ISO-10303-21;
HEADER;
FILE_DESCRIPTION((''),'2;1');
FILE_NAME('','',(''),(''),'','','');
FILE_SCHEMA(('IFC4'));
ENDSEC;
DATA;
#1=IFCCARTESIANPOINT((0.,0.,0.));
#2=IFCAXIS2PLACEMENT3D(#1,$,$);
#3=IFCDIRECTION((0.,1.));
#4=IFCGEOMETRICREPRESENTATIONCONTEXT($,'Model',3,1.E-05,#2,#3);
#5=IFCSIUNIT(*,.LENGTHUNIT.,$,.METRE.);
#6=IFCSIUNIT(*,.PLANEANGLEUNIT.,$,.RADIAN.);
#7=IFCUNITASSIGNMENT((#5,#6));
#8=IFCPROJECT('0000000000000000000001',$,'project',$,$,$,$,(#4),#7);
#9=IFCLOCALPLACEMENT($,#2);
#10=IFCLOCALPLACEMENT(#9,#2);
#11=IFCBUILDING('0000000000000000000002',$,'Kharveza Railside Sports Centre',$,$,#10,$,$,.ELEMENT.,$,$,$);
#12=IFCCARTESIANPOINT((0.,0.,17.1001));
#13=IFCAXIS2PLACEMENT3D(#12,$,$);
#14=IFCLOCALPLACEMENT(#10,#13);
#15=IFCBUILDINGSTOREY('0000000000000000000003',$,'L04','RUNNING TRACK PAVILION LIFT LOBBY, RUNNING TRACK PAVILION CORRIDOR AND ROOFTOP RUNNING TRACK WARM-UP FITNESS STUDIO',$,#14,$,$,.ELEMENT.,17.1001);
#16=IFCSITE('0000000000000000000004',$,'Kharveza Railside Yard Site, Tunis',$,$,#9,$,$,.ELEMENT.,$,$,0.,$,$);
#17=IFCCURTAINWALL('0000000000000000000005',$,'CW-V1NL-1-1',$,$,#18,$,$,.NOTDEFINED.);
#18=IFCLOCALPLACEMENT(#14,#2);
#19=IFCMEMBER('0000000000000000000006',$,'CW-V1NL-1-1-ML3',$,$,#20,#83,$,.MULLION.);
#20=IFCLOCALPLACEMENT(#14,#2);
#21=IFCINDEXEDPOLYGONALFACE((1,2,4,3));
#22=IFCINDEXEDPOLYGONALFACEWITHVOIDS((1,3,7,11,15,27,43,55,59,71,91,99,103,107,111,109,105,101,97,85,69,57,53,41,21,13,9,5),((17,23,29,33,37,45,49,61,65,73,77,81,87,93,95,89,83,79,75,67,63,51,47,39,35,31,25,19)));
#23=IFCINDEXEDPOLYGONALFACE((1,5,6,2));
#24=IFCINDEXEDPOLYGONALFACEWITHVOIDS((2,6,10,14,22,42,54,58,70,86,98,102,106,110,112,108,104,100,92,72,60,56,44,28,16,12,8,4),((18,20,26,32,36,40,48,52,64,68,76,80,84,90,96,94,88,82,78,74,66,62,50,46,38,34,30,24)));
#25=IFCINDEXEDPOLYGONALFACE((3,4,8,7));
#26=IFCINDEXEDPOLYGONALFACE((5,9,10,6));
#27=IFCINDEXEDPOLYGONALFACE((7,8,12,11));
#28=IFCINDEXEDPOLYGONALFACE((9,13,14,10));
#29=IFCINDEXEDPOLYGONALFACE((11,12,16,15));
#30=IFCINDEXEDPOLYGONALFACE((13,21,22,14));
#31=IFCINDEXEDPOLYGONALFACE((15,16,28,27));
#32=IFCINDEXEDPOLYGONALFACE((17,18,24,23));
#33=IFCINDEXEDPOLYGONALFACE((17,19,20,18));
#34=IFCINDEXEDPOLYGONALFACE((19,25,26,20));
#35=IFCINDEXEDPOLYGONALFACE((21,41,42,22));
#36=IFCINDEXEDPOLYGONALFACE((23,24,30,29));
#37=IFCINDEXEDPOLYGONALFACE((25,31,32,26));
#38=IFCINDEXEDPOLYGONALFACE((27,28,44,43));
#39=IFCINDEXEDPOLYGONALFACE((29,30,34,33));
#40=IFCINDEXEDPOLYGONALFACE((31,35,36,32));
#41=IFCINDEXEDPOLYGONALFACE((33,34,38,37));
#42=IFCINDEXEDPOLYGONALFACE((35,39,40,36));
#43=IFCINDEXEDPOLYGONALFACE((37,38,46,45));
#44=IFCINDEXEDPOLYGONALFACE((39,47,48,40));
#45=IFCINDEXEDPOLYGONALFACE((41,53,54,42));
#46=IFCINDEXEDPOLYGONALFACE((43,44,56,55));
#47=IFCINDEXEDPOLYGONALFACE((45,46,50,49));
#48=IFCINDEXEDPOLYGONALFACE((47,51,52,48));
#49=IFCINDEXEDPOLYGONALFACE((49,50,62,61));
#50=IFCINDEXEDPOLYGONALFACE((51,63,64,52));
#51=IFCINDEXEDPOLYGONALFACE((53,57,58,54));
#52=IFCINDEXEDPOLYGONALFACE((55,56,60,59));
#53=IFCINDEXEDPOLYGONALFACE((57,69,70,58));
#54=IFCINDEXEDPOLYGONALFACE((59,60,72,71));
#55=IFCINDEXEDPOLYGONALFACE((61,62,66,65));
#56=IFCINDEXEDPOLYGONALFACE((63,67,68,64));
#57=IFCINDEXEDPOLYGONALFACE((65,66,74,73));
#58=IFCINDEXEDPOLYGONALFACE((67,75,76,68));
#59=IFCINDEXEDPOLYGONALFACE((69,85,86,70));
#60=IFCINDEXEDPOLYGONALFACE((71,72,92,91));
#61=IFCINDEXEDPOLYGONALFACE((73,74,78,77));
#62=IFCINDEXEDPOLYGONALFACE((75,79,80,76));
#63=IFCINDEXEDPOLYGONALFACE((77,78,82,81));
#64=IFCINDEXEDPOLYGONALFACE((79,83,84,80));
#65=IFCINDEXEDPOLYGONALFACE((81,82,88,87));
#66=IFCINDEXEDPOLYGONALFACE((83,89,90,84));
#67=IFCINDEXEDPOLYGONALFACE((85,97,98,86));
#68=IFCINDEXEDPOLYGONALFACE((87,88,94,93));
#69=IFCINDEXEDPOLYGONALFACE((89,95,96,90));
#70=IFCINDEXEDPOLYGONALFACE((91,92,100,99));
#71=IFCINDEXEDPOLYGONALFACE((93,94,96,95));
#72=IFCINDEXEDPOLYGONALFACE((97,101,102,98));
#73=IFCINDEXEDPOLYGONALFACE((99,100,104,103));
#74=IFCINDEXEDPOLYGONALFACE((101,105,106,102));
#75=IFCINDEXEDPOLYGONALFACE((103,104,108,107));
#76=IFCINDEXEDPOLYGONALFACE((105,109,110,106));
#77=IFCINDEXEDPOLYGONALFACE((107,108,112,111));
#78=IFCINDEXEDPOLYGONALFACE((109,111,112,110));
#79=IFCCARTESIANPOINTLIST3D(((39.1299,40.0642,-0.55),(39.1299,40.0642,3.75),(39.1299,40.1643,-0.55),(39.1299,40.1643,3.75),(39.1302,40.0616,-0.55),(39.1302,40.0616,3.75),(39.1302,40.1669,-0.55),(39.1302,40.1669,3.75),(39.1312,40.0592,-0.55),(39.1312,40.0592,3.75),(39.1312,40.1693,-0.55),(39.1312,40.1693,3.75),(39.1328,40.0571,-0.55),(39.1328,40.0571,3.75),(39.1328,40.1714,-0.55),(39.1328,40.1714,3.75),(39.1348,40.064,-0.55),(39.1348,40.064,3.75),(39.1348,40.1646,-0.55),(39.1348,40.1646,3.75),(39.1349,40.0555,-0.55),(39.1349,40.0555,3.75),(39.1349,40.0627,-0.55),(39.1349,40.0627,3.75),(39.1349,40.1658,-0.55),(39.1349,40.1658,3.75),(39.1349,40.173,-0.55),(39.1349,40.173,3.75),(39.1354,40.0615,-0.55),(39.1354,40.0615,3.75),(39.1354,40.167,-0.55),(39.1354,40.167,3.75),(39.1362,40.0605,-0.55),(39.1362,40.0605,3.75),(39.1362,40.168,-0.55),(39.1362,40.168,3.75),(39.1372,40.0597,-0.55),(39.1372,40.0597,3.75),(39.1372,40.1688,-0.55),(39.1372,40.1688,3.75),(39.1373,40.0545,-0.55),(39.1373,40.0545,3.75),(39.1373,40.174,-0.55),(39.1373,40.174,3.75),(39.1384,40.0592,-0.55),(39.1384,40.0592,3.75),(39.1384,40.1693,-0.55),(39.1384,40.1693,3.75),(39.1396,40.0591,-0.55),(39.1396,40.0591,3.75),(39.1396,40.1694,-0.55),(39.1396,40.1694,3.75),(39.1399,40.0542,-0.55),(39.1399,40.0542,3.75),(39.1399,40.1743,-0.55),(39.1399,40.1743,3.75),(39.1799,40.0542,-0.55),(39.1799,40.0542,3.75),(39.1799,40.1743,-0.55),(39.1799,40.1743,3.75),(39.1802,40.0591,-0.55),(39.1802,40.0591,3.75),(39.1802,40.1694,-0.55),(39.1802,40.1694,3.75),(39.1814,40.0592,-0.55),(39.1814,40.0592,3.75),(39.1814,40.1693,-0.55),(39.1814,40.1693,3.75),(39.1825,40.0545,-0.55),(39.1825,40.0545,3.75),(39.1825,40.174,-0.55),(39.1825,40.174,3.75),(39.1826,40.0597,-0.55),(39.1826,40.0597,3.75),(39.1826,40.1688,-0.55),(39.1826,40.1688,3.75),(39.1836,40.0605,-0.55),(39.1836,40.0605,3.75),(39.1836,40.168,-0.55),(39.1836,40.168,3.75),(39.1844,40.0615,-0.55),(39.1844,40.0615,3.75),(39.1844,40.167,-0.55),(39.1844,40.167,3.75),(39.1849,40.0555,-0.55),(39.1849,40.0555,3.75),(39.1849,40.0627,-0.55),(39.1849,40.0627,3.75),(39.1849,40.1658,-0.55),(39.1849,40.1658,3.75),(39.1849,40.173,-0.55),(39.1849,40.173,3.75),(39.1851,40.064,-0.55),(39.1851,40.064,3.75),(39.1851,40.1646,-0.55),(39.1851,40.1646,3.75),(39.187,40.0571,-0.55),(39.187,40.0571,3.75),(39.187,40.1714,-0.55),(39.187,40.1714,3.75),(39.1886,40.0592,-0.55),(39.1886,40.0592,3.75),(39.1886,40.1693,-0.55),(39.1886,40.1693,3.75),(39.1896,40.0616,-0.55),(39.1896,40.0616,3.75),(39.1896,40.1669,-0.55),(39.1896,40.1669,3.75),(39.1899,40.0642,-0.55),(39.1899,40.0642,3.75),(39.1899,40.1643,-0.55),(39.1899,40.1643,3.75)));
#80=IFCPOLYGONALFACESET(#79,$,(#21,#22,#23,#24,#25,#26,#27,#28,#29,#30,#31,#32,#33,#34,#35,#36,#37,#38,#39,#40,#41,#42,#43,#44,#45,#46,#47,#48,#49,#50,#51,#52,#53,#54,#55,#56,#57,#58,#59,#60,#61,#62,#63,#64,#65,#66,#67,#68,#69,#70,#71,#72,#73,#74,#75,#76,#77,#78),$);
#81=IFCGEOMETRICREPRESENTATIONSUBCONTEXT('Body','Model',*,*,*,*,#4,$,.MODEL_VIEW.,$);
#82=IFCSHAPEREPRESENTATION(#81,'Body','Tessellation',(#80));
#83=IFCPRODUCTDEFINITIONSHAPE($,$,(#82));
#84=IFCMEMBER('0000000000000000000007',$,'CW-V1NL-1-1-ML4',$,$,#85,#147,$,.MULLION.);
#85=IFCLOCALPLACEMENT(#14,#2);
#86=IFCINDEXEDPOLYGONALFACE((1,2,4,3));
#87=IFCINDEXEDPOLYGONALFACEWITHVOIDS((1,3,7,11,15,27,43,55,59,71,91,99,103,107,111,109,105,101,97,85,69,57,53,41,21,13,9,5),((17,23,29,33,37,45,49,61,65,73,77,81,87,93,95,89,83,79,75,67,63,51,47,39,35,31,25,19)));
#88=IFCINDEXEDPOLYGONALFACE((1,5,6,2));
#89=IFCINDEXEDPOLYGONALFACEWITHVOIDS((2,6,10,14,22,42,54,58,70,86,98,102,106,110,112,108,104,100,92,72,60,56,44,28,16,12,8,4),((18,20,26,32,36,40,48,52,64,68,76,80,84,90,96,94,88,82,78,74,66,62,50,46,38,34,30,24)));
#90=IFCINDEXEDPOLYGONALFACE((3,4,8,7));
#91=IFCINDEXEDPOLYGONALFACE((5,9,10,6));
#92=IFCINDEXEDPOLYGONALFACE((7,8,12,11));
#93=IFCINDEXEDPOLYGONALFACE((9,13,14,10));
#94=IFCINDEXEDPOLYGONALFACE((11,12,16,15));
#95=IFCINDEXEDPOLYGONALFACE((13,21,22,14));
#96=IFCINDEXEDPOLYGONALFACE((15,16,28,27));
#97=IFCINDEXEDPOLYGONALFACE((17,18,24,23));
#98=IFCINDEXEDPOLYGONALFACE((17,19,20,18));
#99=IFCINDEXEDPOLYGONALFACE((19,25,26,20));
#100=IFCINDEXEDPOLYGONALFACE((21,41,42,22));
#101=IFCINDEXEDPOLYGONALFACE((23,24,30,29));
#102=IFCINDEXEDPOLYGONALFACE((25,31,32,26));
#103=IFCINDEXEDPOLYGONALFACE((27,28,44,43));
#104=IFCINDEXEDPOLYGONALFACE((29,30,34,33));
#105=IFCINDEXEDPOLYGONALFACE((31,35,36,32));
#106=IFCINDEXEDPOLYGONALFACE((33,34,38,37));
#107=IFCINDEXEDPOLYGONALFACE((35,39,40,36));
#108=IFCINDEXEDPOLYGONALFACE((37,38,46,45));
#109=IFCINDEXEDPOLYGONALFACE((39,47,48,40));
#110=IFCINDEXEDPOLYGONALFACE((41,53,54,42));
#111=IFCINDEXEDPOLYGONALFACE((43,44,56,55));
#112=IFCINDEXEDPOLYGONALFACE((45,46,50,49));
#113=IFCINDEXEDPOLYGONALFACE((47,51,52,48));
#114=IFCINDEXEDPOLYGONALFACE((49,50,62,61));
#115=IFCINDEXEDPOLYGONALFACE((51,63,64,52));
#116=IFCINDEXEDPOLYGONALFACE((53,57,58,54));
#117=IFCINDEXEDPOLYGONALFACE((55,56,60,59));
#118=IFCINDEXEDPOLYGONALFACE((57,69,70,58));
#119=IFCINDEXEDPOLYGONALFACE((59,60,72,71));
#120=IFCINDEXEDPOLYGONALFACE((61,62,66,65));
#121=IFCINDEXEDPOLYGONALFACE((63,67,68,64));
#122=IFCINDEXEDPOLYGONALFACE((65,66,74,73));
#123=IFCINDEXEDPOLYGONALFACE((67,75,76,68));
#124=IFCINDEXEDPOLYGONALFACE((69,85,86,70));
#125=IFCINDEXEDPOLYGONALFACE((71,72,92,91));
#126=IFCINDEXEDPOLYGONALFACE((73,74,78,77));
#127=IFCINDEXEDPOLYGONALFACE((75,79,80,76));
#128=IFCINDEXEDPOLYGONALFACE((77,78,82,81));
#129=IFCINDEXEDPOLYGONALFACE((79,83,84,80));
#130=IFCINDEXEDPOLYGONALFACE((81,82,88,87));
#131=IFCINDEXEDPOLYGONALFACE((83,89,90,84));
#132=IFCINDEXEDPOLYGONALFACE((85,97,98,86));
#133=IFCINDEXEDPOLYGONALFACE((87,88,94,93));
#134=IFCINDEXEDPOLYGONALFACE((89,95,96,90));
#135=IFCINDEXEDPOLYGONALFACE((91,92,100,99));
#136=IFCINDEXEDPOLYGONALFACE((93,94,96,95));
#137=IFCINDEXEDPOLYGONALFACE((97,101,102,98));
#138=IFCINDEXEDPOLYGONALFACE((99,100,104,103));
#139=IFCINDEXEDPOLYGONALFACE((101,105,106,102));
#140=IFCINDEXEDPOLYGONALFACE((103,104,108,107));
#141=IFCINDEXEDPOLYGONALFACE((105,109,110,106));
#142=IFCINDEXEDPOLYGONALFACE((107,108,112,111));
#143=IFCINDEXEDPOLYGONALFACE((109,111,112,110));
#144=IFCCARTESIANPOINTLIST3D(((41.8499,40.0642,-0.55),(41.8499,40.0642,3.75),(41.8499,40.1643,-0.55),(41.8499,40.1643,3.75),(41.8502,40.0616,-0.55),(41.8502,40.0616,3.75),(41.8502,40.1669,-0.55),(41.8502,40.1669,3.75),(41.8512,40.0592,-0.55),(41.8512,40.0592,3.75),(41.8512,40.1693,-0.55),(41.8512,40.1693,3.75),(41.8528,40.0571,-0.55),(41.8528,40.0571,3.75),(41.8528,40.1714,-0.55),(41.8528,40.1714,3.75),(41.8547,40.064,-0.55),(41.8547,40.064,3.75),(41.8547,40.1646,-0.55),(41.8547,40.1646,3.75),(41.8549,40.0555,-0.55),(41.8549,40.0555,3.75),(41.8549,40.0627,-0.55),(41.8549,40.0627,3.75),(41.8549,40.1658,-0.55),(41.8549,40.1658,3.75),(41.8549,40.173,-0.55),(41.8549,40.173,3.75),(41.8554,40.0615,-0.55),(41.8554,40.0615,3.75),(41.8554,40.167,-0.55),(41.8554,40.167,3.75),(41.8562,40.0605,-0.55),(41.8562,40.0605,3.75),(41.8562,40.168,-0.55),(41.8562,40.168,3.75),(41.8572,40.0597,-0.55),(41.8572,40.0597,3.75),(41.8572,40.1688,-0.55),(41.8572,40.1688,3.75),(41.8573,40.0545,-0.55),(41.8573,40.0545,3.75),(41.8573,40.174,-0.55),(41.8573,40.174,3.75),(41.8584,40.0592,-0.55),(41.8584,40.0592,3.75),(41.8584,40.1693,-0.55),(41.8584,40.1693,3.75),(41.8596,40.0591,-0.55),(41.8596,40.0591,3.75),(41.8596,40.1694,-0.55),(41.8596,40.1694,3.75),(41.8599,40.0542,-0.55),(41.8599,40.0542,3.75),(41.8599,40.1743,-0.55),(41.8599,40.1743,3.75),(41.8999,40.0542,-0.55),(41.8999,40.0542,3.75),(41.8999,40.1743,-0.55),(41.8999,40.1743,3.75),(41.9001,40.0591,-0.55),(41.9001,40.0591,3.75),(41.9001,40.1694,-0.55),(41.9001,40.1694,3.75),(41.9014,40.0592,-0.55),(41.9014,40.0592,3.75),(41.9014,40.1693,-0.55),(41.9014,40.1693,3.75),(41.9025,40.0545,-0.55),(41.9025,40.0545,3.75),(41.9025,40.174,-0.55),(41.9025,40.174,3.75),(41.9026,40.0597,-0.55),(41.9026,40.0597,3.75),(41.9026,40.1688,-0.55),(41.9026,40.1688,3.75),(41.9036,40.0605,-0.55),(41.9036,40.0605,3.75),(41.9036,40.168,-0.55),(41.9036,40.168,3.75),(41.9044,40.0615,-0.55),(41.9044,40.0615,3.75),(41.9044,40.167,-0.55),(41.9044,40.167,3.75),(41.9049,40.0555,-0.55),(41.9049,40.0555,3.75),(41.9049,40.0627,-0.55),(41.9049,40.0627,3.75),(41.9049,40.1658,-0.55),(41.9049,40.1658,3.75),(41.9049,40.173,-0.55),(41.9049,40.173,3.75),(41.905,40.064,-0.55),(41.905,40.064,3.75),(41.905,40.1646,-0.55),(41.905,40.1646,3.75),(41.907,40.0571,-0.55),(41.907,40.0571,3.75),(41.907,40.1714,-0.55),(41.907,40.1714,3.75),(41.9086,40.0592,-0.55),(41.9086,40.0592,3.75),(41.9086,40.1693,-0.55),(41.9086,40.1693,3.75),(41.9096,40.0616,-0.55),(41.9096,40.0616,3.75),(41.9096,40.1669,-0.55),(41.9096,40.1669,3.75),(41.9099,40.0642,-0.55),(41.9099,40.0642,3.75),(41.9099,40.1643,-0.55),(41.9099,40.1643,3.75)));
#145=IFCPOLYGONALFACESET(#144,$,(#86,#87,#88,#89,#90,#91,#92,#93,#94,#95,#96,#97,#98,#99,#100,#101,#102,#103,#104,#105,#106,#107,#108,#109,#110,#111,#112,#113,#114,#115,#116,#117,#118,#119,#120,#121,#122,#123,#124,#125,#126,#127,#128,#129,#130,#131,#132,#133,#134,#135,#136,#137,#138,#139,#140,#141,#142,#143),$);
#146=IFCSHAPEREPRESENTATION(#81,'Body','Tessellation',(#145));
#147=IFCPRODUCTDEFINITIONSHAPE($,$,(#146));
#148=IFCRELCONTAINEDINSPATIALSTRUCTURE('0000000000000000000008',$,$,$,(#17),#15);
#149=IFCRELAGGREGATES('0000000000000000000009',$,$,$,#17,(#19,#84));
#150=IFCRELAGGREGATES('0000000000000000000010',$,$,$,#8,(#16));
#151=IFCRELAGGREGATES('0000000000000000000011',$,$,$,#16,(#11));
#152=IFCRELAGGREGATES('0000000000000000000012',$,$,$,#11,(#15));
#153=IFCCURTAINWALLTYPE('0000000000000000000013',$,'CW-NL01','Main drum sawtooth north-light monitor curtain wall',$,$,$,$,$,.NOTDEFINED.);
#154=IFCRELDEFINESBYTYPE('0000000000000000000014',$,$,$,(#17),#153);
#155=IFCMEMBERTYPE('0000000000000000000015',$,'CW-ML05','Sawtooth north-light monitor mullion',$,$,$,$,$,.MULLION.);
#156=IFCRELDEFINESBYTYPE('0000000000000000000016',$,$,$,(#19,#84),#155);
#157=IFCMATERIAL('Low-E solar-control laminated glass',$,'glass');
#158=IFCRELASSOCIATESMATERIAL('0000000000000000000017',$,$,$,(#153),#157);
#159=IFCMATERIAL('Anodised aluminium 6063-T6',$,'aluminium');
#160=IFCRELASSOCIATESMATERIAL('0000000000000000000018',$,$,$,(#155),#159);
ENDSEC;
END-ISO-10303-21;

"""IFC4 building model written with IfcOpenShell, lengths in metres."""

from ifc_helpers import new_model, si_unit, direction, frame, origin, origin_2d, place, context, subcontext, project, spatial, hollow_rectangle, extrude, material, material_profile, profile_set, type_object, element, aggregate, save


model = new_model("IFC4")

# Units and contexts
model_context = context("Model", 3, precision=1e-05, world=origin(), true_north=direction((0.0, 1.0)))
body_context = subcontext(model_context, "Body", "Model", "MODEL_VIEW")
ifc_project = project(units=[si_unit("LENGTHUNIT", "METRE"), si_unit("PLANEANGLEUNIT", "RADIAN")], contexts=[model_context])

# Site, building, storey
site_placement = place(None, origin())
site = spatial("IfcSite", under=ifc_project, at=site_placement, Name="Kharveza Railside Yard Site, Tunis", CompositionType="ELEMENT", RefElevation=0.0)
building_placement = place(site_placement, origin())
building = spatial("IfcBuilding", under=site, at=building_placement, Name="Kharveza Railside Sports Centre", CompositionType="ELEMENT")
storey_placement = place(building_placement, frame((0.0, 0.0, 17.1001)))
storey = spatial("IfcBuildingStorey", under=building, at=storey_placement, Name="L04", Description="RUNNING TRACK PAVILION LIFT LOBBY, RUNNING TRACK PAVILION CORRIDOR AND ROOFTOP RUNNING TRACK WARM-UP FITNESS STUDIO", CompositionType="ELEMENT", Elevation=17.1001)

# Curtain wall, members
ifc_material_1 = material(Name="Low-E solar-control laminated glass", Category="glass")
curtain_wall_type = type_object("IfcCurtainWallType", Name="CW-NL01", Description="Main drum sawtooth north-light monitor curtain wall", PredefinedType="NOTDEFINED", material=ifc_material_1)
curtain_wall_1_placement = place(storey_placement, origin())
curtain_wall_1 = element("IfcCurtainWall", 1, at=curtain_wall_1_placement, inside=storey, type_object=curtain_wall_type, Name="CW-V1NL-1-1", PredefinedType="NOTDEFINED")
ifc_material_2 = material(Name="Anodised aluminium 6063-T6", Category="aluminium")
ifc_material_profile_1 = material_profile(ifc_material_2, hollow_rectangle(XDim=0.0601, YDim=0.1201, WallThickness=0.0049, InnerFilletRadius=0.0049, OuterFilletRadius=0.01, at=origin_2d()), Name="RHS 60x120x5.0")
ifc_profile_set_1 = profile_set([ifc_material_profile_1], Name="Anodised aluminium 6063-T6")
member_type_1 = type_object("IfcMemberType", Name="CW-ML05", Description="Sawtooth north-light monitor mullion", PredefinedType="MULLION", material=ifc_profile_set_1)
member_1_placement = place(storey_placement, frame((39.1599, 40.1143, -0.55), z_axis=(0.0, 0.0, 1.0), x_axis=(1.0, 0.0, 0.0)))
member_1 = element("IfcMember", 2, at=member_1_placement, type_object=member_type_1, Name="CW-V1NL-1-1-ML3", PredefinedType="MULLION", context=body_context, shape_type="SweptSolid", body=[
    extrude(hollow_rectangle(XDim=0.0601, YDim=0.1201, WallThickness=0.0049, InnerFilletRadius=0.0049, OuterFilletRadius=0.01, at=origin_2d()), origin(), (0.0, 0.0, 1.0), 4.3),
])
member_2_placement = place(storey_placement, frame((41.8799, 40.1143, -0.55), z_axis=(0.0, 0.0, 1.0), x_axis=(1.0, 0.0, 0.0)))
member_2 = element("IfcMember", 3, at=member_2_placement, type_object=member_type_1, Name="CW-V1NL-1-1-ML4", PredefinedType="MULLION", context=body_context, shape_type="SweptSolid", body=[
    extrude(hollow_rectangle(XDim=0.0601, YDim=0.1201, WallThickness=0.0049, InnerFilletRadius=0.0049, OuterFilletRadius=0.01, at=origin_2d()), origin(), (0.0, 0.0, 1.0), 4.3),
])

aggregate(curtain_wall_1, [member_1, member_2])

save(model, "model.ifc")
